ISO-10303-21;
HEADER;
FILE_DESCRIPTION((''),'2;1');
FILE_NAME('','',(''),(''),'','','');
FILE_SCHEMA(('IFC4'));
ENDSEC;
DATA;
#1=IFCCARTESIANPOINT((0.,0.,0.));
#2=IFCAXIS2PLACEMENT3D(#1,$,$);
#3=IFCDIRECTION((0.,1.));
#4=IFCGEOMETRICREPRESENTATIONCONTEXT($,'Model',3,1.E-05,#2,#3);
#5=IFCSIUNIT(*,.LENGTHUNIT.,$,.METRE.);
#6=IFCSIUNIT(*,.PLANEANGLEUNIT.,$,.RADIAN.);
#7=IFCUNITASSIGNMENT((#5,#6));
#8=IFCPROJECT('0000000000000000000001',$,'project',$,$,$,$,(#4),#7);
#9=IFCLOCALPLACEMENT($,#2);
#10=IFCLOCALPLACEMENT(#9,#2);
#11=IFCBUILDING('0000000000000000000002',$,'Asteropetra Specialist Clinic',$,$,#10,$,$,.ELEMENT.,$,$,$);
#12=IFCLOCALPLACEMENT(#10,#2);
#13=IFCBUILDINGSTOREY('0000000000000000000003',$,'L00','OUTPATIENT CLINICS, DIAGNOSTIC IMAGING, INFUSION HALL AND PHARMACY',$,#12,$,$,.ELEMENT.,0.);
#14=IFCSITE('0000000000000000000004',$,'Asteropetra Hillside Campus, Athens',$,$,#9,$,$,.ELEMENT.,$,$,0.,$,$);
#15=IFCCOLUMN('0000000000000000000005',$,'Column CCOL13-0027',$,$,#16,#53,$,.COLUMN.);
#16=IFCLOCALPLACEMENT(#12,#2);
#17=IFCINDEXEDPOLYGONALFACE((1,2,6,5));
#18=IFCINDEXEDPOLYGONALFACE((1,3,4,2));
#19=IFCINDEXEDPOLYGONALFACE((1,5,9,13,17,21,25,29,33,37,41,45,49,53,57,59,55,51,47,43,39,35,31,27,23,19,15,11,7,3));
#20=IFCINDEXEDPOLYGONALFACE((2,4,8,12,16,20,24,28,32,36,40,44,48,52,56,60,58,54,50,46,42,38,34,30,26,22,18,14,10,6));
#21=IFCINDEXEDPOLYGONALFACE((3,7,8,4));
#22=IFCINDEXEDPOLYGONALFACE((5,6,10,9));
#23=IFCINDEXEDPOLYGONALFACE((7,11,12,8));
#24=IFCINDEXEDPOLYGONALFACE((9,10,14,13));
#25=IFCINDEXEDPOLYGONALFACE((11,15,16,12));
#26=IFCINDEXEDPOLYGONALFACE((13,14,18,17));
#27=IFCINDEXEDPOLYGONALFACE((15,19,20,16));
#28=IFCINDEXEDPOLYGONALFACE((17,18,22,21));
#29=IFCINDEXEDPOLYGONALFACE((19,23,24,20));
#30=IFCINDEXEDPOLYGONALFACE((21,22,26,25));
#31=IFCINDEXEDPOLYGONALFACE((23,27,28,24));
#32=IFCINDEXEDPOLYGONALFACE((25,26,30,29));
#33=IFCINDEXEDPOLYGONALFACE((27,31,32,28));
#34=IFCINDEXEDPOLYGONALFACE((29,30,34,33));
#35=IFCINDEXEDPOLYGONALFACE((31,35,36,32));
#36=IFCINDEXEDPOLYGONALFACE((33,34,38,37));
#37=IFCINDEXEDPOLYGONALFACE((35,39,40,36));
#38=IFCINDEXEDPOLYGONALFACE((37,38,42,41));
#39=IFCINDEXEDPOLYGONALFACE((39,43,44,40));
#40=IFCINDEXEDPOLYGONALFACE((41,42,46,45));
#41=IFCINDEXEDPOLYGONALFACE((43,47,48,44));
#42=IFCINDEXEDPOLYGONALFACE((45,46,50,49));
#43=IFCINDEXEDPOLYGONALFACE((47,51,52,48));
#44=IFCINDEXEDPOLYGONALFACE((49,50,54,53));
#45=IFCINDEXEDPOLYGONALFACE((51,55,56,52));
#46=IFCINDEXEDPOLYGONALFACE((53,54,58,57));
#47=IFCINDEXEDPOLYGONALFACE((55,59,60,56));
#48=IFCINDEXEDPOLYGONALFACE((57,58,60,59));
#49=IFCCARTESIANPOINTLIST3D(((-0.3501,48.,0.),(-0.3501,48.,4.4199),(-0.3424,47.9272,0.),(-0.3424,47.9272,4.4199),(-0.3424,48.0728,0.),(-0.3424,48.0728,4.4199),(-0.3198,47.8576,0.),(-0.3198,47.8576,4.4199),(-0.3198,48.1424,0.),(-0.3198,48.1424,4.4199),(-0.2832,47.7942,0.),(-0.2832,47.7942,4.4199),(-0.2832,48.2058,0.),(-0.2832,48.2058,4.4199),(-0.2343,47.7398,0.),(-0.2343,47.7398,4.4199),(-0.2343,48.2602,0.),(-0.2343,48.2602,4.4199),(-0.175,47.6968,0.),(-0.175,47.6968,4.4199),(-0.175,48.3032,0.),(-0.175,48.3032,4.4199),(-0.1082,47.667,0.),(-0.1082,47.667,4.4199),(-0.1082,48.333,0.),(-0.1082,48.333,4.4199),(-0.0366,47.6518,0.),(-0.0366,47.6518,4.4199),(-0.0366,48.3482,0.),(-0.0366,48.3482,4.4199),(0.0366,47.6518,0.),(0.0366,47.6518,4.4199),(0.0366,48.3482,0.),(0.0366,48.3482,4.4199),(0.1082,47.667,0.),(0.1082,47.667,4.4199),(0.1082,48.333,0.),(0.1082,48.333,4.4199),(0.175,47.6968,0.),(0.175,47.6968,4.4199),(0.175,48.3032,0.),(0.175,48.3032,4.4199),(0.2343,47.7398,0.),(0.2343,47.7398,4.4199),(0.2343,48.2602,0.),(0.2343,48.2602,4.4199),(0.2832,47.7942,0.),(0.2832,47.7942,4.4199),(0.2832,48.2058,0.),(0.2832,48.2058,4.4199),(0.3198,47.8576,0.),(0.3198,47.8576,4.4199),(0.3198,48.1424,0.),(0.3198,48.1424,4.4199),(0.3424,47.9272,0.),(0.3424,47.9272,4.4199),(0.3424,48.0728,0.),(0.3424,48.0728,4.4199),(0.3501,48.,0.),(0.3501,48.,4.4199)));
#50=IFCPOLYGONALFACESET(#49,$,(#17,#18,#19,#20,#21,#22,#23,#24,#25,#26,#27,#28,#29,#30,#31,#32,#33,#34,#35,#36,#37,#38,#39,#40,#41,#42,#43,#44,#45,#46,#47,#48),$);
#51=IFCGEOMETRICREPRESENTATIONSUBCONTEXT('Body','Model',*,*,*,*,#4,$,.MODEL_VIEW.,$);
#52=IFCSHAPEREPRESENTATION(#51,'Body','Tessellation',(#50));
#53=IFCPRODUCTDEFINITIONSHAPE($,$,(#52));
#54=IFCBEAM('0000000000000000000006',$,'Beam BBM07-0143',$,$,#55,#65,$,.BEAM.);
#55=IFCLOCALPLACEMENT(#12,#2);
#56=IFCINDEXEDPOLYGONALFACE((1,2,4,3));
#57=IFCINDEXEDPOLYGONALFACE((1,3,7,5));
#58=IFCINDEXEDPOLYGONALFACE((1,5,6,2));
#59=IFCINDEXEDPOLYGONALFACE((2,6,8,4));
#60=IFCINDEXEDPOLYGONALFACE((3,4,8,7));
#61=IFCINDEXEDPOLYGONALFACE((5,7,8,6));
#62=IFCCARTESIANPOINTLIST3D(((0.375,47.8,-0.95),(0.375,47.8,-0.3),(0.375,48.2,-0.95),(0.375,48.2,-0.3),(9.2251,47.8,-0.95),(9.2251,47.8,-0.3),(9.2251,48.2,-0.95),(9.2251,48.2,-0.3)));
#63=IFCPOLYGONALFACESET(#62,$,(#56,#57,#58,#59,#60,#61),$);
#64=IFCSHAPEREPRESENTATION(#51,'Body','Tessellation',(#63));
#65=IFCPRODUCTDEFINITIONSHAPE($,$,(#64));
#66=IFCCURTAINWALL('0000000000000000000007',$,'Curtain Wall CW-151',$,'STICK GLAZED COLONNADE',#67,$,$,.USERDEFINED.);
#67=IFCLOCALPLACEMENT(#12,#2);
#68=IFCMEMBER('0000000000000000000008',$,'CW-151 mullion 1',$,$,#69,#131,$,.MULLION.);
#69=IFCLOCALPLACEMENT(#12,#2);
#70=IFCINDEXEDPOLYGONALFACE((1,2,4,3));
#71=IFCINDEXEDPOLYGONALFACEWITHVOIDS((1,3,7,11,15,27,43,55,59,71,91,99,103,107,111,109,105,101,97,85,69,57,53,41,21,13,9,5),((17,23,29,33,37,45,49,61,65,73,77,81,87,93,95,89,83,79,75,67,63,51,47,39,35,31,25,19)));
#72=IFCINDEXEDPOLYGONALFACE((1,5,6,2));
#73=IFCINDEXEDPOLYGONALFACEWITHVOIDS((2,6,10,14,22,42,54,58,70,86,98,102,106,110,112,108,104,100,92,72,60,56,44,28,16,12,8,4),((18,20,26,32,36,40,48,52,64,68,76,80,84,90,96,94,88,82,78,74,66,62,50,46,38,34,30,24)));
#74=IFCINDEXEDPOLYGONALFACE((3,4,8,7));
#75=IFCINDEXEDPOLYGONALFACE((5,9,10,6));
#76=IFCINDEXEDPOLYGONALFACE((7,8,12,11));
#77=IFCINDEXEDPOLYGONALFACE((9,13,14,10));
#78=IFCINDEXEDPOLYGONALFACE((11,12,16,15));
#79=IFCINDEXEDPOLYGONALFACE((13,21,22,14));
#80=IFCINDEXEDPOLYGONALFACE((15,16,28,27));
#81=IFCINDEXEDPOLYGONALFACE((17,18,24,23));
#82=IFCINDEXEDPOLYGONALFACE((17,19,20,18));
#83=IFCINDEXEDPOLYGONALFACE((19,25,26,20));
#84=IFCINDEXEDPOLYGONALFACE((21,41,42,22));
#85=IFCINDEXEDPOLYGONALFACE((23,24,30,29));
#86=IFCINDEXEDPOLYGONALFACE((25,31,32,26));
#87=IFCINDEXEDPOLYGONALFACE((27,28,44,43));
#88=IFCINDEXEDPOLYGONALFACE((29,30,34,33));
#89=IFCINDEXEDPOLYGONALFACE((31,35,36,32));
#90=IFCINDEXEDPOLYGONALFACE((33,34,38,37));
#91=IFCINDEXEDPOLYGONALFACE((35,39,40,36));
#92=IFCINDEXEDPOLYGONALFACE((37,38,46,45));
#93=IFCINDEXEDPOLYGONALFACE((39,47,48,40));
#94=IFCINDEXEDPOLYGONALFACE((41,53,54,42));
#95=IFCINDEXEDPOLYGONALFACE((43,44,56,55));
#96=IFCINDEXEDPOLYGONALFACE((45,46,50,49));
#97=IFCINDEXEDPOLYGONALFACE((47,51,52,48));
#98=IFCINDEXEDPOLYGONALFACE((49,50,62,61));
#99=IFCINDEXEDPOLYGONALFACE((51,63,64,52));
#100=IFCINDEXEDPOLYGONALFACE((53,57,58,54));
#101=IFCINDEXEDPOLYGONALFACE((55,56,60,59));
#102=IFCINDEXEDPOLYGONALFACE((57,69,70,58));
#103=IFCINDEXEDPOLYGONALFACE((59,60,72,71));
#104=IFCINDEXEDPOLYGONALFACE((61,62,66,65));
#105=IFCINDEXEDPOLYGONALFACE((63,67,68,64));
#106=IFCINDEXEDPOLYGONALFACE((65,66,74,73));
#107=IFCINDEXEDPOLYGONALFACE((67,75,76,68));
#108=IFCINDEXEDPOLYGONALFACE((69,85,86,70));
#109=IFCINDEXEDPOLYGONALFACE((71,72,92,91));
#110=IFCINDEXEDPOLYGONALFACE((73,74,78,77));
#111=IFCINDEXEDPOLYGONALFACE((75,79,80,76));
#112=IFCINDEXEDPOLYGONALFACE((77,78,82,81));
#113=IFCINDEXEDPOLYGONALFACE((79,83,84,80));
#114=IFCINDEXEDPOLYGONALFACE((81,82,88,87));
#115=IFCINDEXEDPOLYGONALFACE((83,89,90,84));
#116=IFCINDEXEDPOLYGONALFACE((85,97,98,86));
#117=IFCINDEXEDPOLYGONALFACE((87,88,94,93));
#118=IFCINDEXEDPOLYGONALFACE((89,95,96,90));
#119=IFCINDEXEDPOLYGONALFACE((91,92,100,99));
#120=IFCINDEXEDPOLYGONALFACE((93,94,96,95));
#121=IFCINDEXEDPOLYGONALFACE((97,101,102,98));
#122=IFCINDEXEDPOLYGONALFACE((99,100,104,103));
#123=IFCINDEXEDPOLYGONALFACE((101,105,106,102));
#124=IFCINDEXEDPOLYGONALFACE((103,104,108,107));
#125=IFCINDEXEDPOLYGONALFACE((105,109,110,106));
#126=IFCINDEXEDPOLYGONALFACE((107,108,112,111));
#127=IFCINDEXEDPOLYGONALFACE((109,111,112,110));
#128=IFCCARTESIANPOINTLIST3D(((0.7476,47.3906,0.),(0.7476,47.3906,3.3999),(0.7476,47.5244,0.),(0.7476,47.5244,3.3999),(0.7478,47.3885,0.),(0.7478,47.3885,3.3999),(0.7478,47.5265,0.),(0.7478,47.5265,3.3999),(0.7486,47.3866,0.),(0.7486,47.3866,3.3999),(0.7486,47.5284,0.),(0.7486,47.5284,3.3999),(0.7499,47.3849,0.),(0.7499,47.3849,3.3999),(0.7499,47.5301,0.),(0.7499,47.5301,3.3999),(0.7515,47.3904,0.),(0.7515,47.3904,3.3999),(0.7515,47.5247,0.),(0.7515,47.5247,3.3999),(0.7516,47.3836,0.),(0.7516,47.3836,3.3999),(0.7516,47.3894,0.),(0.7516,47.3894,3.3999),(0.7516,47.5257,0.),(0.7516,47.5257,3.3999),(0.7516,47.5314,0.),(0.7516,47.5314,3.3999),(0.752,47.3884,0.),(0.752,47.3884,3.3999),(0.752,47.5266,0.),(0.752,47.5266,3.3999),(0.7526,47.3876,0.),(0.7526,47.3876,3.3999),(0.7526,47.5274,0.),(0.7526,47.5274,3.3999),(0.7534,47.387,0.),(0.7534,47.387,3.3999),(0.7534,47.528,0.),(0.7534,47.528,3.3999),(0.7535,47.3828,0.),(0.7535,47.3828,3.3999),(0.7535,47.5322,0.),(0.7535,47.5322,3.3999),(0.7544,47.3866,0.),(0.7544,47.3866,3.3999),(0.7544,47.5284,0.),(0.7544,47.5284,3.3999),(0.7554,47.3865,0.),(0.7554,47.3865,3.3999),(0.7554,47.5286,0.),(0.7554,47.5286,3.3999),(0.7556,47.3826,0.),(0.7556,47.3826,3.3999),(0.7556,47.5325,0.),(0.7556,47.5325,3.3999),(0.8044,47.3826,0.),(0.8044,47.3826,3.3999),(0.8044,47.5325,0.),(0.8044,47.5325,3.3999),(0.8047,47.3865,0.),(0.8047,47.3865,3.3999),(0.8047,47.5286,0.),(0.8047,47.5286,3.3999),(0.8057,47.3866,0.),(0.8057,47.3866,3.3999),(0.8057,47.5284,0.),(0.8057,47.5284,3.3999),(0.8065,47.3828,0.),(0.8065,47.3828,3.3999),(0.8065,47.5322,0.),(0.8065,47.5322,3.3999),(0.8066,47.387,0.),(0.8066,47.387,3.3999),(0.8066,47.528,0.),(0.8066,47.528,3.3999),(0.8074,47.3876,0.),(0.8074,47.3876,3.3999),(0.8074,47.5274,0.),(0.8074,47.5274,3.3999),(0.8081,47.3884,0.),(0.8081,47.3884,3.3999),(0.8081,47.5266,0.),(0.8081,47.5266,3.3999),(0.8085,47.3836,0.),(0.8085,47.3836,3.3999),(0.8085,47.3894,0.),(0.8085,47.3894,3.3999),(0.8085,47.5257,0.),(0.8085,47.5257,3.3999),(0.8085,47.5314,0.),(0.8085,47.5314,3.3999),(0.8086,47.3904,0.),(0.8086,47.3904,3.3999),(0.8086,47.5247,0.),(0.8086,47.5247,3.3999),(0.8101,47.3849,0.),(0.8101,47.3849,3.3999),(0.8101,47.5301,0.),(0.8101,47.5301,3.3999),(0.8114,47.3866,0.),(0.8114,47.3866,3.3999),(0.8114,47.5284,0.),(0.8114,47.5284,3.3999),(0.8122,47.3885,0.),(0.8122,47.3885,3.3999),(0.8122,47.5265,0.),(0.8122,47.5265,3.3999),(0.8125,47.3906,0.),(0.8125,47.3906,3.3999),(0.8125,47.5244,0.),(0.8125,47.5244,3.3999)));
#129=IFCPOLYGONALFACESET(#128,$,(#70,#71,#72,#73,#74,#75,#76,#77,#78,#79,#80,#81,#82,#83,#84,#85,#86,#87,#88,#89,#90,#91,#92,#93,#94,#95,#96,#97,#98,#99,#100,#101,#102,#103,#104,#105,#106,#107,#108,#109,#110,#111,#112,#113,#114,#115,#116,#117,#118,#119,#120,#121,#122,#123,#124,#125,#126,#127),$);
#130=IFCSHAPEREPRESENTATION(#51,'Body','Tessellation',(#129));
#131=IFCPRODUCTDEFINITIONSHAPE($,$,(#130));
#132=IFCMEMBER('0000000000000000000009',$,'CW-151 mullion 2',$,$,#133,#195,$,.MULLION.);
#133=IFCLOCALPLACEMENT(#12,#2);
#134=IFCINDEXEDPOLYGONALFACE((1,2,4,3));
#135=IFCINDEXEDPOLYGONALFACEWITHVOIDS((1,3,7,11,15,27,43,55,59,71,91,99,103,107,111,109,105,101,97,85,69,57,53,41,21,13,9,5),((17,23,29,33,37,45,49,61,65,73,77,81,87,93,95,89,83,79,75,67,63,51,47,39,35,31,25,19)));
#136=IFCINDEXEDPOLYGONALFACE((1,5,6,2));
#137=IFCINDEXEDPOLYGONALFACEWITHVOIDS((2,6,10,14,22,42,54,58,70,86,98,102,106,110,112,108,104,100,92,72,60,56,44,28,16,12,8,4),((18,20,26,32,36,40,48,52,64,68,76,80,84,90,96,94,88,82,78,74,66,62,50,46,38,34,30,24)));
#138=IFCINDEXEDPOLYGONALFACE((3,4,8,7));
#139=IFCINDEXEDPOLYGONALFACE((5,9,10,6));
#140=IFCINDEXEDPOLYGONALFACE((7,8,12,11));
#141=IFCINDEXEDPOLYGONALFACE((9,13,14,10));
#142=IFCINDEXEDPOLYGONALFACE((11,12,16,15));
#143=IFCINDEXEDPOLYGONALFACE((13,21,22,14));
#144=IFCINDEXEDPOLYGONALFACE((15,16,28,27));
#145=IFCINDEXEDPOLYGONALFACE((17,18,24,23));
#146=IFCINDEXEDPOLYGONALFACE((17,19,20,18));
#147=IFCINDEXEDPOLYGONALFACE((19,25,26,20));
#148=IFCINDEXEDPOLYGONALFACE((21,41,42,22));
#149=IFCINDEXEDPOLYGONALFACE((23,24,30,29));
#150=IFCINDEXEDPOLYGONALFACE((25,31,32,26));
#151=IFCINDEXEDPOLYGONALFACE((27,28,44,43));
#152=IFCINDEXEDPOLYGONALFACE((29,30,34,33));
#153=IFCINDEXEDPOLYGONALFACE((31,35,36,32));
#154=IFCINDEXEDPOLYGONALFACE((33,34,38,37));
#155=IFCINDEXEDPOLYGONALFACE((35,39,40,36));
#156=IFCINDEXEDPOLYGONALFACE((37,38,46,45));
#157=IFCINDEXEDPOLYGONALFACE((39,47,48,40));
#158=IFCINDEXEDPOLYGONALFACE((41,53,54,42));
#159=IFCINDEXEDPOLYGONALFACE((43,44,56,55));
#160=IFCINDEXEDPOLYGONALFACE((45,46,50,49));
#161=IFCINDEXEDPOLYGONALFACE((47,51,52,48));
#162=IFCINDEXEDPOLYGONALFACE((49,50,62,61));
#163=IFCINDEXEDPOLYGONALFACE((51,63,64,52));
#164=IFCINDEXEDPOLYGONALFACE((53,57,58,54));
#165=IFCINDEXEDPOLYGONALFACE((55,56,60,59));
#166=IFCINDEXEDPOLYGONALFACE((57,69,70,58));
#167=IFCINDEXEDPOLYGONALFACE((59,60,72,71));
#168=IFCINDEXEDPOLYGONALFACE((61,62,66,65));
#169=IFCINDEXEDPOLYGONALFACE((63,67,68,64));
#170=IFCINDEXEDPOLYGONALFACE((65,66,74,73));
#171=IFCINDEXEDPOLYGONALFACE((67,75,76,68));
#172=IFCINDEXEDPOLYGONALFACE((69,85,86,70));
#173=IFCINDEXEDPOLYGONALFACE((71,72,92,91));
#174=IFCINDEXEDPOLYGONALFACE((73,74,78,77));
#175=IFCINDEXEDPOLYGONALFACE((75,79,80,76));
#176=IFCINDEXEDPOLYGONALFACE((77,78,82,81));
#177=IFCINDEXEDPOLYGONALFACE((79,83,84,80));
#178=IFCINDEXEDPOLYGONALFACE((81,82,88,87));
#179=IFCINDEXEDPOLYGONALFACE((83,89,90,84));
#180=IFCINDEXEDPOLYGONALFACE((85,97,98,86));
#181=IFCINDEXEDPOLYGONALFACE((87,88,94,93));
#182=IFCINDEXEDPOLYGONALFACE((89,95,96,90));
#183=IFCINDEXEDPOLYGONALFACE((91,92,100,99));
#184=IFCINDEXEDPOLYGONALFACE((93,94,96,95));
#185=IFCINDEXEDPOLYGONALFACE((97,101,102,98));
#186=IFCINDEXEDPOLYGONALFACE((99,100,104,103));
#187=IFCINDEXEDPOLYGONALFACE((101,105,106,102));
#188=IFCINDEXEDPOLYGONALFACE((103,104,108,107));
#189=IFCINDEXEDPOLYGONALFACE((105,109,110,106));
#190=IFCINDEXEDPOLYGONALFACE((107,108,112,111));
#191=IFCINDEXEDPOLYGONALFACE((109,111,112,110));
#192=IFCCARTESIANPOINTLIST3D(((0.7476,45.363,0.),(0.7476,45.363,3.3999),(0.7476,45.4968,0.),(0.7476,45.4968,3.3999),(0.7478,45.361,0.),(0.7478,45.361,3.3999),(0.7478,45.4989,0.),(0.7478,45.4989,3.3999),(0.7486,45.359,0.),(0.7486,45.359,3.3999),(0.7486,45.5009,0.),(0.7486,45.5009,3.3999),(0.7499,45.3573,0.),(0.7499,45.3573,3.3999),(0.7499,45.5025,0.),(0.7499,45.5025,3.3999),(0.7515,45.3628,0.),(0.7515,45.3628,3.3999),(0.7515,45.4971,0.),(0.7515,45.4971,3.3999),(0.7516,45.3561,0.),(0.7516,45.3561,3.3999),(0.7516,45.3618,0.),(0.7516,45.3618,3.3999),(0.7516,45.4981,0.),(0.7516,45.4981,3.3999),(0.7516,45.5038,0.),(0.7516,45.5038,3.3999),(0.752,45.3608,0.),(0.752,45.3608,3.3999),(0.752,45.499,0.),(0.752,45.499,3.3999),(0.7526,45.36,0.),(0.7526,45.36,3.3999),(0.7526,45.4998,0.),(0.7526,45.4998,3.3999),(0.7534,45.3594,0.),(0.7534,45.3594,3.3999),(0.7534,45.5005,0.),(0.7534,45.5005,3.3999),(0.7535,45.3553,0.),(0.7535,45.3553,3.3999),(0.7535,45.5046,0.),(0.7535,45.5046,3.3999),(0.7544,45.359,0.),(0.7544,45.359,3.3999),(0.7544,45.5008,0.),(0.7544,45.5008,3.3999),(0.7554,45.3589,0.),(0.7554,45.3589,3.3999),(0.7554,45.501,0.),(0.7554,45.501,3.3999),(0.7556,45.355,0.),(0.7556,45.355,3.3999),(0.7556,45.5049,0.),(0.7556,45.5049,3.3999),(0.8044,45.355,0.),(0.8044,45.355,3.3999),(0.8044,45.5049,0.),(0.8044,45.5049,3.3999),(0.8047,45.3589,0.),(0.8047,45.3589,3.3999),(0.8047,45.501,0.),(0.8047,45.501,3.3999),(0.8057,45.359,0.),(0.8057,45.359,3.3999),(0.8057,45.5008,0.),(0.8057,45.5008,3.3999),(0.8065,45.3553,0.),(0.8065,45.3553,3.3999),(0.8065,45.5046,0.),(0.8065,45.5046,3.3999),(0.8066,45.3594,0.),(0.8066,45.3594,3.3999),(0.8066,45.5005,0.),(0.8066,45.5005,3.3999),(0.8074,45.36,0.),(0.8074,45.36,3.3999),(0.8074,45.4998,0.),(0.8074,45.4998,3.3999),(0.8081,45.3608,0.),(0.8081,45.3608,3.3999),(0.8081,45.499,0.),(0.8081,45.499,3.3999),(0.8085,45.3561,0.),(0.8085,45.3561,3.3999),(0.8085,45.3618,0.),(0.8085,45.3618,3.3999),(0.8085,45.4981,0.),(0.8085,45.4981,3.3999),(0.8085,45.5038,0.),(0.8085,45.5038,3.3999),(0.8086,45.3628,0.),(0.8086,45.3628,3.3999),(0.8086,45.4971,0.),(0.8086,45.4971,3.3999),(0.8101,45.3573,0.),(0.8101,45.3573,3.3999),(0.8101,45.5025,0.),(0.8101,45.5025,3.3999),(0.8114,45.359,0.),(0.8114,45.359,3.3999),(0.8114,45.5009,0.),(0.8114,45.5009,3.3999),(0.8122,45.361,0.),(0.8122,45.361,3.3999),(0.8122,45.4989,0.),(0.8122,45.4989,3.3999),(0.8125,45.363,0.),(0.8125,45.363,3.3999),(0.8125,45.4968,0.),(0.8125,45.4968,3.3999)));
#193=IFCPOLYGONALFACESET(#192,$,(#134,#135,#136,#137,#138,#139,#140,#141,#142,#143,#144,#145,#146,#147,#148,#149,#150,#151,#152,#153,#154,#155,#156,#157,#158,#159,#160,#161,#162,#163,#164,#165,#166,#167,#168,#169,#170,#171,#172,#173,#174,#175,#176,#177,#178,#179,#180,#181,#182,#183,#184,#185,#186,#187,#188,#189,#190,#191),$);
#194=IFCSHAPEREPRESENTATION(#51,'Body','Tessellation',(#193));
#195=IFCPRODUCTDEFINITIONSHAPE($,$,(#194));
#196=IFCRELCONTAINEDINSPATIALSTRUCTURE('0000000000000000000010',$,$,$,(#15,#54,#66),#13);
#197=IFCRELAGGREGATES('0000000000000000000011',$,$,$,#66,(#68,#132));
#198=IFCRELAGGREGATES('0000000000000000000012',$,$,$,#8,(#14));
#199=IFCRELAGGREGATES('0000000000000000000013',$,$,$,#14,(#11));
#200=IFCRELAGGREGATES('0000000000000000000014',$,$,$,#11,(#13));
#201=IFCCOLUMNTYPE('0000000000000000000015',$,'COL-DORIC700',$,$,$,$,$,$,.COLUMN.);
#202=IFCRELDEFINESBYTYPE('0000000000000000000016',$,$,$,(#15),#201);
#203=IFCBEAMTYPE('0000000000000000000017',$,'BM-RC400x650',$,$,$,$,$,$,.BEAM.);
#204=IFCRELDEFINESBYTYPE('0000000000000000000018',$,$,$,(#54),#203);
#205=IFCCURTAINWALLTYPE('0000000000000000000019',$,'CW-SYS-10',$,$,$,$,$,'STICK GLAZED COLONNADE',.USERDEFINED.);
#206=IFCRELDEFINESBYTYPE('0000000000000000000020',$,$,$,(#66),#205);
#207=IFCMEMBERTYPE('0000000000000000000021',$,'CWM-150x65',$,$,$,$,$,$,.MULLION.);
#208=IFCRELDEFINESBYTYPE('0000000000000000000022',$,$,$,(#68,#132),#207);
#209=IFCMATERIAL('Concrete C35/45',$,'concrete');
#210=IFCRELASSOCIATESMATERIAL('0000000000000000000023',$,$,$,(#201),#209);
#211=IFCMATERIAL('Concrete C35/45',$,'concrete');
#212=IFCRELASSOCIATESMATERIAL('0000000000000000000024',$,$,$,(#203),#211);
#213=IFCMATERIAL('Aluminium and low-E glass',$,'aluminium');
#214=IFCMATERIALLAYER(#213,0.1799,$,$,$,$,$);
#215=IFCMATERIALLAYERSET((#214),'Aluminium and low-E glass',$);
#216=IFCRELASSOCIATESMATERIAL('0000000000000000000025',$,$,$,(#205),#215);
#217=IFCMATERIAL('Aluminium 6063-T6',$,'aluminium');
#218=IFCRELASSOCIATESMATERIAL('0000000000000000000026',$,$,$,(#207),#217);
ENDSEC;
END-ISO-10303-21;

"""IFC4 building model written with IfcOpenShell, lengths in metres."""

from ifc_helpers import new_model, si_unit, direction, frame, origin, origin_2d, place, context, subcontext, project, spatial, rectangle, hollow_rectangle, circle, extrude, material, layer, layer_set, material_profile, profile_set, type_object, element, aggregate, save


model = new_model("IFC4")

# Units and contexts
model_context = context("Model", 3, precision=1e-05, world=origin(), true_north=direction((0.0, 1.0)))
body_context = subcontext(model_context, "Body", "Model", "MODEL_VIEW")
ifc_project = project(units=[si_unit("LENGTHUNIT", "METRE"), si_unit("PLANEANGLEUNIT", "RADIAN")], contexts=[model_context])

# Site, building, storey
site_placement = place(None, origin())
site = spatial("IfcSite", under=ifc_project, at=site_placement, Name="Asteropetra Hillside Campus, Athens", CompositionType="ELEMENT", RefElevation=0.0)
building_placement = place(site_placement, origin())
building = spatial("IfcBuilding", under=site, at=building_placement, Name="Asteropetra Specialist Clinic", CompositionType="ELEMENT")
storey_placement = place(building_placement, origin())
storey = spatial("IfcBuildingStorey", under=building, at=storey_placement, Name="L00", Description="OUTPATIENT CLINICS, DIAGNOSTIC IMAGING, INFUSION HALL AND PHARMACY", CompositionType="ELEMENT", Elevation=0.0)

# Column
ifc_material_1 = material(Name="Concrete C35/45", Category="concrete")
ifc_material_profile_1 = material_profile(ifc_material_1, circle(Radius=0.3501, at=origin_2d()), Name="RCC D700")
ifc_profile_set_1 = profile_set([ifc_material_profile_1], Name="Concrete C35/45")
column_type = type_object("IfcColumnType", Name="COL-DORIC700", PredefinedType="COLUMN", material=ifc_profile_set_1)
column_placement = place(storey_placement, frame((0.0, 48.0, 0.0), z_axis=(0.0, 0.0, 1.0), x_axis=(1.0, 0.0, 0.0)))
element("IfcColumn", 1, at=column_placement, inside=storey, type_object=column_type, Name="Column CCOL13-0027", PredefinedType="COLUMN", context=body_context, shape_type="SweptSolid", body=[
    extrude(circle(Radius=0.3501, at=origin_2d()), origin(), (0.0, 0.0, 1.0), 4.4199),
])

# Beam
ifc_material_2 = material(Name="Concrete C35/45", Category="concrete")
ifc_material_profile_2 = material_profile(ifc_material_2, rectangle(XDim=0.3999, YDim=0.6499, at=origin_2d()), Name="RCB 400x650")
ifc_profile_set_2 = profile_set([ifc_material_profile_2], Name="Concrete C35/45")
beam_type_1 = type_object("IfcBeamType", Name="BM-RC400x650", PredefinedType="BEAM", material=ifc_profile_set_2)
beam_1_placement = place(storey_placement, frame((0.375, 48.0, -0.625), z_axis=(1.0, 0.0, 0.0), x_axis=(0.0, 1.0, 0.0)))
element("IfcBeam", 2, at=beam_1_placement, inside=storey, type_object=beam_type_1, Name="Beam BBM07-0143", PredefinedType="BEAM", context=body_context, shape_type="SweptSolid", body=[
    extrude(rectangle(XDim=0.3999, YDim=0.6499, at=origin_2d()), origin(), (0.0, 0.0, 1.0), 8.8501),
])

# Curtain wall, members
ifc_material_3 = material(Name="Aluminium and low-E glass", Category="aluminium")
ifc_layer_1 = layer(ifc_material_3, 0.1799)
ifc_layer_set_1 = layer_set([ifc_layer_1], Name="Aluminium and low-E glass")
curtain_wall_type = type_object("IfcCurtainWallType", Name="CW-SYS-10", ElementType="STICK GLAZED COLONNADE", PredefinedType="USERDEFINED", material=ifc_layer_set_1)
curtain_wall_placement = place(storey_placement, origin())
curtain_wall = element("IfcCurtainWall", 3, at=curtain_wall_placement, inside=storey, type_object=curtain_wall_type, Name="Curtain Wall CW-151", ObjectType="STICK GLAZED COLONNADE", PredefinedType="USERDEFINED")
ifc_material_4 = material(Name="Aluminium 6063-T6", Category="aluminium")
ifc_material_profile_3 = material_profile(ifc_material_4, hollow_rectangle(XDim=0.0649, YDim=0.1499, WallThickness=0.0039, InnerFilletRadius=0.0039, OuterFilletRadius=0.0081, at=origin_2d()), Name="MUL 150x65x4.0")
ifc_profile_set_3 = profile_set([ifc_material_profile_3], Name="Aluminium 6063-T6")
member_type_1 = type_object("IfcMemberType", Name="CWM-150x65", PredefinedType="MULLION", material=ifc_profile_set_3)
member_1_placement = place(storey_placement, frame((0.78, 47.4575, 0.0), z_axis=(0.0, 0.0, 1.0), x_axis=(1.0, 0.0, 0.0)))
member_1 = element("IfcMember", 4, at=member_1_placement, type_object=member_type_1, Name="CW-151 mullion 1", PredefinedType="MULLION", context=body_context, shape_type="SweptSolid", body=[
    extrude(hollow_rectangle(XDim=0.0649, YDim=0.1499, WallThickness=0.0039, InnerFilletRadius=0.0039, OuterFilletRadius=0.0081, at=origin_2d()), origin(), (0.0, 0.0, 1.0), 3.3999),
])
member_2_placement = place(storey_placement, frame((0.78, 45.4299, 0.0), z_axis=(0.0, 0.0, 1.0), x_axis=(1.0, 0.0, 0.0)))
member_2 = element("IfcMember", 5, at=member_2_placement, type_object=member_type_1, Name="CW-151 mullion 2", PredefinedType="MULLION", context=body_context, shape_type="SweptSolid", body=[
    extrude(hollow_rectangle(XDim=0.0649, YDim=0.1499, WallThickness=0.0039, InnerFilletRadius=0.0039, OuterFilletRadius=0.0081, at=origin_2d()), origin(), (0.0, 0.0, 1.0), 3.3999),
])

aggregate(curtain_wall, [member_1, member_2])

save(model, "model.ifc")
